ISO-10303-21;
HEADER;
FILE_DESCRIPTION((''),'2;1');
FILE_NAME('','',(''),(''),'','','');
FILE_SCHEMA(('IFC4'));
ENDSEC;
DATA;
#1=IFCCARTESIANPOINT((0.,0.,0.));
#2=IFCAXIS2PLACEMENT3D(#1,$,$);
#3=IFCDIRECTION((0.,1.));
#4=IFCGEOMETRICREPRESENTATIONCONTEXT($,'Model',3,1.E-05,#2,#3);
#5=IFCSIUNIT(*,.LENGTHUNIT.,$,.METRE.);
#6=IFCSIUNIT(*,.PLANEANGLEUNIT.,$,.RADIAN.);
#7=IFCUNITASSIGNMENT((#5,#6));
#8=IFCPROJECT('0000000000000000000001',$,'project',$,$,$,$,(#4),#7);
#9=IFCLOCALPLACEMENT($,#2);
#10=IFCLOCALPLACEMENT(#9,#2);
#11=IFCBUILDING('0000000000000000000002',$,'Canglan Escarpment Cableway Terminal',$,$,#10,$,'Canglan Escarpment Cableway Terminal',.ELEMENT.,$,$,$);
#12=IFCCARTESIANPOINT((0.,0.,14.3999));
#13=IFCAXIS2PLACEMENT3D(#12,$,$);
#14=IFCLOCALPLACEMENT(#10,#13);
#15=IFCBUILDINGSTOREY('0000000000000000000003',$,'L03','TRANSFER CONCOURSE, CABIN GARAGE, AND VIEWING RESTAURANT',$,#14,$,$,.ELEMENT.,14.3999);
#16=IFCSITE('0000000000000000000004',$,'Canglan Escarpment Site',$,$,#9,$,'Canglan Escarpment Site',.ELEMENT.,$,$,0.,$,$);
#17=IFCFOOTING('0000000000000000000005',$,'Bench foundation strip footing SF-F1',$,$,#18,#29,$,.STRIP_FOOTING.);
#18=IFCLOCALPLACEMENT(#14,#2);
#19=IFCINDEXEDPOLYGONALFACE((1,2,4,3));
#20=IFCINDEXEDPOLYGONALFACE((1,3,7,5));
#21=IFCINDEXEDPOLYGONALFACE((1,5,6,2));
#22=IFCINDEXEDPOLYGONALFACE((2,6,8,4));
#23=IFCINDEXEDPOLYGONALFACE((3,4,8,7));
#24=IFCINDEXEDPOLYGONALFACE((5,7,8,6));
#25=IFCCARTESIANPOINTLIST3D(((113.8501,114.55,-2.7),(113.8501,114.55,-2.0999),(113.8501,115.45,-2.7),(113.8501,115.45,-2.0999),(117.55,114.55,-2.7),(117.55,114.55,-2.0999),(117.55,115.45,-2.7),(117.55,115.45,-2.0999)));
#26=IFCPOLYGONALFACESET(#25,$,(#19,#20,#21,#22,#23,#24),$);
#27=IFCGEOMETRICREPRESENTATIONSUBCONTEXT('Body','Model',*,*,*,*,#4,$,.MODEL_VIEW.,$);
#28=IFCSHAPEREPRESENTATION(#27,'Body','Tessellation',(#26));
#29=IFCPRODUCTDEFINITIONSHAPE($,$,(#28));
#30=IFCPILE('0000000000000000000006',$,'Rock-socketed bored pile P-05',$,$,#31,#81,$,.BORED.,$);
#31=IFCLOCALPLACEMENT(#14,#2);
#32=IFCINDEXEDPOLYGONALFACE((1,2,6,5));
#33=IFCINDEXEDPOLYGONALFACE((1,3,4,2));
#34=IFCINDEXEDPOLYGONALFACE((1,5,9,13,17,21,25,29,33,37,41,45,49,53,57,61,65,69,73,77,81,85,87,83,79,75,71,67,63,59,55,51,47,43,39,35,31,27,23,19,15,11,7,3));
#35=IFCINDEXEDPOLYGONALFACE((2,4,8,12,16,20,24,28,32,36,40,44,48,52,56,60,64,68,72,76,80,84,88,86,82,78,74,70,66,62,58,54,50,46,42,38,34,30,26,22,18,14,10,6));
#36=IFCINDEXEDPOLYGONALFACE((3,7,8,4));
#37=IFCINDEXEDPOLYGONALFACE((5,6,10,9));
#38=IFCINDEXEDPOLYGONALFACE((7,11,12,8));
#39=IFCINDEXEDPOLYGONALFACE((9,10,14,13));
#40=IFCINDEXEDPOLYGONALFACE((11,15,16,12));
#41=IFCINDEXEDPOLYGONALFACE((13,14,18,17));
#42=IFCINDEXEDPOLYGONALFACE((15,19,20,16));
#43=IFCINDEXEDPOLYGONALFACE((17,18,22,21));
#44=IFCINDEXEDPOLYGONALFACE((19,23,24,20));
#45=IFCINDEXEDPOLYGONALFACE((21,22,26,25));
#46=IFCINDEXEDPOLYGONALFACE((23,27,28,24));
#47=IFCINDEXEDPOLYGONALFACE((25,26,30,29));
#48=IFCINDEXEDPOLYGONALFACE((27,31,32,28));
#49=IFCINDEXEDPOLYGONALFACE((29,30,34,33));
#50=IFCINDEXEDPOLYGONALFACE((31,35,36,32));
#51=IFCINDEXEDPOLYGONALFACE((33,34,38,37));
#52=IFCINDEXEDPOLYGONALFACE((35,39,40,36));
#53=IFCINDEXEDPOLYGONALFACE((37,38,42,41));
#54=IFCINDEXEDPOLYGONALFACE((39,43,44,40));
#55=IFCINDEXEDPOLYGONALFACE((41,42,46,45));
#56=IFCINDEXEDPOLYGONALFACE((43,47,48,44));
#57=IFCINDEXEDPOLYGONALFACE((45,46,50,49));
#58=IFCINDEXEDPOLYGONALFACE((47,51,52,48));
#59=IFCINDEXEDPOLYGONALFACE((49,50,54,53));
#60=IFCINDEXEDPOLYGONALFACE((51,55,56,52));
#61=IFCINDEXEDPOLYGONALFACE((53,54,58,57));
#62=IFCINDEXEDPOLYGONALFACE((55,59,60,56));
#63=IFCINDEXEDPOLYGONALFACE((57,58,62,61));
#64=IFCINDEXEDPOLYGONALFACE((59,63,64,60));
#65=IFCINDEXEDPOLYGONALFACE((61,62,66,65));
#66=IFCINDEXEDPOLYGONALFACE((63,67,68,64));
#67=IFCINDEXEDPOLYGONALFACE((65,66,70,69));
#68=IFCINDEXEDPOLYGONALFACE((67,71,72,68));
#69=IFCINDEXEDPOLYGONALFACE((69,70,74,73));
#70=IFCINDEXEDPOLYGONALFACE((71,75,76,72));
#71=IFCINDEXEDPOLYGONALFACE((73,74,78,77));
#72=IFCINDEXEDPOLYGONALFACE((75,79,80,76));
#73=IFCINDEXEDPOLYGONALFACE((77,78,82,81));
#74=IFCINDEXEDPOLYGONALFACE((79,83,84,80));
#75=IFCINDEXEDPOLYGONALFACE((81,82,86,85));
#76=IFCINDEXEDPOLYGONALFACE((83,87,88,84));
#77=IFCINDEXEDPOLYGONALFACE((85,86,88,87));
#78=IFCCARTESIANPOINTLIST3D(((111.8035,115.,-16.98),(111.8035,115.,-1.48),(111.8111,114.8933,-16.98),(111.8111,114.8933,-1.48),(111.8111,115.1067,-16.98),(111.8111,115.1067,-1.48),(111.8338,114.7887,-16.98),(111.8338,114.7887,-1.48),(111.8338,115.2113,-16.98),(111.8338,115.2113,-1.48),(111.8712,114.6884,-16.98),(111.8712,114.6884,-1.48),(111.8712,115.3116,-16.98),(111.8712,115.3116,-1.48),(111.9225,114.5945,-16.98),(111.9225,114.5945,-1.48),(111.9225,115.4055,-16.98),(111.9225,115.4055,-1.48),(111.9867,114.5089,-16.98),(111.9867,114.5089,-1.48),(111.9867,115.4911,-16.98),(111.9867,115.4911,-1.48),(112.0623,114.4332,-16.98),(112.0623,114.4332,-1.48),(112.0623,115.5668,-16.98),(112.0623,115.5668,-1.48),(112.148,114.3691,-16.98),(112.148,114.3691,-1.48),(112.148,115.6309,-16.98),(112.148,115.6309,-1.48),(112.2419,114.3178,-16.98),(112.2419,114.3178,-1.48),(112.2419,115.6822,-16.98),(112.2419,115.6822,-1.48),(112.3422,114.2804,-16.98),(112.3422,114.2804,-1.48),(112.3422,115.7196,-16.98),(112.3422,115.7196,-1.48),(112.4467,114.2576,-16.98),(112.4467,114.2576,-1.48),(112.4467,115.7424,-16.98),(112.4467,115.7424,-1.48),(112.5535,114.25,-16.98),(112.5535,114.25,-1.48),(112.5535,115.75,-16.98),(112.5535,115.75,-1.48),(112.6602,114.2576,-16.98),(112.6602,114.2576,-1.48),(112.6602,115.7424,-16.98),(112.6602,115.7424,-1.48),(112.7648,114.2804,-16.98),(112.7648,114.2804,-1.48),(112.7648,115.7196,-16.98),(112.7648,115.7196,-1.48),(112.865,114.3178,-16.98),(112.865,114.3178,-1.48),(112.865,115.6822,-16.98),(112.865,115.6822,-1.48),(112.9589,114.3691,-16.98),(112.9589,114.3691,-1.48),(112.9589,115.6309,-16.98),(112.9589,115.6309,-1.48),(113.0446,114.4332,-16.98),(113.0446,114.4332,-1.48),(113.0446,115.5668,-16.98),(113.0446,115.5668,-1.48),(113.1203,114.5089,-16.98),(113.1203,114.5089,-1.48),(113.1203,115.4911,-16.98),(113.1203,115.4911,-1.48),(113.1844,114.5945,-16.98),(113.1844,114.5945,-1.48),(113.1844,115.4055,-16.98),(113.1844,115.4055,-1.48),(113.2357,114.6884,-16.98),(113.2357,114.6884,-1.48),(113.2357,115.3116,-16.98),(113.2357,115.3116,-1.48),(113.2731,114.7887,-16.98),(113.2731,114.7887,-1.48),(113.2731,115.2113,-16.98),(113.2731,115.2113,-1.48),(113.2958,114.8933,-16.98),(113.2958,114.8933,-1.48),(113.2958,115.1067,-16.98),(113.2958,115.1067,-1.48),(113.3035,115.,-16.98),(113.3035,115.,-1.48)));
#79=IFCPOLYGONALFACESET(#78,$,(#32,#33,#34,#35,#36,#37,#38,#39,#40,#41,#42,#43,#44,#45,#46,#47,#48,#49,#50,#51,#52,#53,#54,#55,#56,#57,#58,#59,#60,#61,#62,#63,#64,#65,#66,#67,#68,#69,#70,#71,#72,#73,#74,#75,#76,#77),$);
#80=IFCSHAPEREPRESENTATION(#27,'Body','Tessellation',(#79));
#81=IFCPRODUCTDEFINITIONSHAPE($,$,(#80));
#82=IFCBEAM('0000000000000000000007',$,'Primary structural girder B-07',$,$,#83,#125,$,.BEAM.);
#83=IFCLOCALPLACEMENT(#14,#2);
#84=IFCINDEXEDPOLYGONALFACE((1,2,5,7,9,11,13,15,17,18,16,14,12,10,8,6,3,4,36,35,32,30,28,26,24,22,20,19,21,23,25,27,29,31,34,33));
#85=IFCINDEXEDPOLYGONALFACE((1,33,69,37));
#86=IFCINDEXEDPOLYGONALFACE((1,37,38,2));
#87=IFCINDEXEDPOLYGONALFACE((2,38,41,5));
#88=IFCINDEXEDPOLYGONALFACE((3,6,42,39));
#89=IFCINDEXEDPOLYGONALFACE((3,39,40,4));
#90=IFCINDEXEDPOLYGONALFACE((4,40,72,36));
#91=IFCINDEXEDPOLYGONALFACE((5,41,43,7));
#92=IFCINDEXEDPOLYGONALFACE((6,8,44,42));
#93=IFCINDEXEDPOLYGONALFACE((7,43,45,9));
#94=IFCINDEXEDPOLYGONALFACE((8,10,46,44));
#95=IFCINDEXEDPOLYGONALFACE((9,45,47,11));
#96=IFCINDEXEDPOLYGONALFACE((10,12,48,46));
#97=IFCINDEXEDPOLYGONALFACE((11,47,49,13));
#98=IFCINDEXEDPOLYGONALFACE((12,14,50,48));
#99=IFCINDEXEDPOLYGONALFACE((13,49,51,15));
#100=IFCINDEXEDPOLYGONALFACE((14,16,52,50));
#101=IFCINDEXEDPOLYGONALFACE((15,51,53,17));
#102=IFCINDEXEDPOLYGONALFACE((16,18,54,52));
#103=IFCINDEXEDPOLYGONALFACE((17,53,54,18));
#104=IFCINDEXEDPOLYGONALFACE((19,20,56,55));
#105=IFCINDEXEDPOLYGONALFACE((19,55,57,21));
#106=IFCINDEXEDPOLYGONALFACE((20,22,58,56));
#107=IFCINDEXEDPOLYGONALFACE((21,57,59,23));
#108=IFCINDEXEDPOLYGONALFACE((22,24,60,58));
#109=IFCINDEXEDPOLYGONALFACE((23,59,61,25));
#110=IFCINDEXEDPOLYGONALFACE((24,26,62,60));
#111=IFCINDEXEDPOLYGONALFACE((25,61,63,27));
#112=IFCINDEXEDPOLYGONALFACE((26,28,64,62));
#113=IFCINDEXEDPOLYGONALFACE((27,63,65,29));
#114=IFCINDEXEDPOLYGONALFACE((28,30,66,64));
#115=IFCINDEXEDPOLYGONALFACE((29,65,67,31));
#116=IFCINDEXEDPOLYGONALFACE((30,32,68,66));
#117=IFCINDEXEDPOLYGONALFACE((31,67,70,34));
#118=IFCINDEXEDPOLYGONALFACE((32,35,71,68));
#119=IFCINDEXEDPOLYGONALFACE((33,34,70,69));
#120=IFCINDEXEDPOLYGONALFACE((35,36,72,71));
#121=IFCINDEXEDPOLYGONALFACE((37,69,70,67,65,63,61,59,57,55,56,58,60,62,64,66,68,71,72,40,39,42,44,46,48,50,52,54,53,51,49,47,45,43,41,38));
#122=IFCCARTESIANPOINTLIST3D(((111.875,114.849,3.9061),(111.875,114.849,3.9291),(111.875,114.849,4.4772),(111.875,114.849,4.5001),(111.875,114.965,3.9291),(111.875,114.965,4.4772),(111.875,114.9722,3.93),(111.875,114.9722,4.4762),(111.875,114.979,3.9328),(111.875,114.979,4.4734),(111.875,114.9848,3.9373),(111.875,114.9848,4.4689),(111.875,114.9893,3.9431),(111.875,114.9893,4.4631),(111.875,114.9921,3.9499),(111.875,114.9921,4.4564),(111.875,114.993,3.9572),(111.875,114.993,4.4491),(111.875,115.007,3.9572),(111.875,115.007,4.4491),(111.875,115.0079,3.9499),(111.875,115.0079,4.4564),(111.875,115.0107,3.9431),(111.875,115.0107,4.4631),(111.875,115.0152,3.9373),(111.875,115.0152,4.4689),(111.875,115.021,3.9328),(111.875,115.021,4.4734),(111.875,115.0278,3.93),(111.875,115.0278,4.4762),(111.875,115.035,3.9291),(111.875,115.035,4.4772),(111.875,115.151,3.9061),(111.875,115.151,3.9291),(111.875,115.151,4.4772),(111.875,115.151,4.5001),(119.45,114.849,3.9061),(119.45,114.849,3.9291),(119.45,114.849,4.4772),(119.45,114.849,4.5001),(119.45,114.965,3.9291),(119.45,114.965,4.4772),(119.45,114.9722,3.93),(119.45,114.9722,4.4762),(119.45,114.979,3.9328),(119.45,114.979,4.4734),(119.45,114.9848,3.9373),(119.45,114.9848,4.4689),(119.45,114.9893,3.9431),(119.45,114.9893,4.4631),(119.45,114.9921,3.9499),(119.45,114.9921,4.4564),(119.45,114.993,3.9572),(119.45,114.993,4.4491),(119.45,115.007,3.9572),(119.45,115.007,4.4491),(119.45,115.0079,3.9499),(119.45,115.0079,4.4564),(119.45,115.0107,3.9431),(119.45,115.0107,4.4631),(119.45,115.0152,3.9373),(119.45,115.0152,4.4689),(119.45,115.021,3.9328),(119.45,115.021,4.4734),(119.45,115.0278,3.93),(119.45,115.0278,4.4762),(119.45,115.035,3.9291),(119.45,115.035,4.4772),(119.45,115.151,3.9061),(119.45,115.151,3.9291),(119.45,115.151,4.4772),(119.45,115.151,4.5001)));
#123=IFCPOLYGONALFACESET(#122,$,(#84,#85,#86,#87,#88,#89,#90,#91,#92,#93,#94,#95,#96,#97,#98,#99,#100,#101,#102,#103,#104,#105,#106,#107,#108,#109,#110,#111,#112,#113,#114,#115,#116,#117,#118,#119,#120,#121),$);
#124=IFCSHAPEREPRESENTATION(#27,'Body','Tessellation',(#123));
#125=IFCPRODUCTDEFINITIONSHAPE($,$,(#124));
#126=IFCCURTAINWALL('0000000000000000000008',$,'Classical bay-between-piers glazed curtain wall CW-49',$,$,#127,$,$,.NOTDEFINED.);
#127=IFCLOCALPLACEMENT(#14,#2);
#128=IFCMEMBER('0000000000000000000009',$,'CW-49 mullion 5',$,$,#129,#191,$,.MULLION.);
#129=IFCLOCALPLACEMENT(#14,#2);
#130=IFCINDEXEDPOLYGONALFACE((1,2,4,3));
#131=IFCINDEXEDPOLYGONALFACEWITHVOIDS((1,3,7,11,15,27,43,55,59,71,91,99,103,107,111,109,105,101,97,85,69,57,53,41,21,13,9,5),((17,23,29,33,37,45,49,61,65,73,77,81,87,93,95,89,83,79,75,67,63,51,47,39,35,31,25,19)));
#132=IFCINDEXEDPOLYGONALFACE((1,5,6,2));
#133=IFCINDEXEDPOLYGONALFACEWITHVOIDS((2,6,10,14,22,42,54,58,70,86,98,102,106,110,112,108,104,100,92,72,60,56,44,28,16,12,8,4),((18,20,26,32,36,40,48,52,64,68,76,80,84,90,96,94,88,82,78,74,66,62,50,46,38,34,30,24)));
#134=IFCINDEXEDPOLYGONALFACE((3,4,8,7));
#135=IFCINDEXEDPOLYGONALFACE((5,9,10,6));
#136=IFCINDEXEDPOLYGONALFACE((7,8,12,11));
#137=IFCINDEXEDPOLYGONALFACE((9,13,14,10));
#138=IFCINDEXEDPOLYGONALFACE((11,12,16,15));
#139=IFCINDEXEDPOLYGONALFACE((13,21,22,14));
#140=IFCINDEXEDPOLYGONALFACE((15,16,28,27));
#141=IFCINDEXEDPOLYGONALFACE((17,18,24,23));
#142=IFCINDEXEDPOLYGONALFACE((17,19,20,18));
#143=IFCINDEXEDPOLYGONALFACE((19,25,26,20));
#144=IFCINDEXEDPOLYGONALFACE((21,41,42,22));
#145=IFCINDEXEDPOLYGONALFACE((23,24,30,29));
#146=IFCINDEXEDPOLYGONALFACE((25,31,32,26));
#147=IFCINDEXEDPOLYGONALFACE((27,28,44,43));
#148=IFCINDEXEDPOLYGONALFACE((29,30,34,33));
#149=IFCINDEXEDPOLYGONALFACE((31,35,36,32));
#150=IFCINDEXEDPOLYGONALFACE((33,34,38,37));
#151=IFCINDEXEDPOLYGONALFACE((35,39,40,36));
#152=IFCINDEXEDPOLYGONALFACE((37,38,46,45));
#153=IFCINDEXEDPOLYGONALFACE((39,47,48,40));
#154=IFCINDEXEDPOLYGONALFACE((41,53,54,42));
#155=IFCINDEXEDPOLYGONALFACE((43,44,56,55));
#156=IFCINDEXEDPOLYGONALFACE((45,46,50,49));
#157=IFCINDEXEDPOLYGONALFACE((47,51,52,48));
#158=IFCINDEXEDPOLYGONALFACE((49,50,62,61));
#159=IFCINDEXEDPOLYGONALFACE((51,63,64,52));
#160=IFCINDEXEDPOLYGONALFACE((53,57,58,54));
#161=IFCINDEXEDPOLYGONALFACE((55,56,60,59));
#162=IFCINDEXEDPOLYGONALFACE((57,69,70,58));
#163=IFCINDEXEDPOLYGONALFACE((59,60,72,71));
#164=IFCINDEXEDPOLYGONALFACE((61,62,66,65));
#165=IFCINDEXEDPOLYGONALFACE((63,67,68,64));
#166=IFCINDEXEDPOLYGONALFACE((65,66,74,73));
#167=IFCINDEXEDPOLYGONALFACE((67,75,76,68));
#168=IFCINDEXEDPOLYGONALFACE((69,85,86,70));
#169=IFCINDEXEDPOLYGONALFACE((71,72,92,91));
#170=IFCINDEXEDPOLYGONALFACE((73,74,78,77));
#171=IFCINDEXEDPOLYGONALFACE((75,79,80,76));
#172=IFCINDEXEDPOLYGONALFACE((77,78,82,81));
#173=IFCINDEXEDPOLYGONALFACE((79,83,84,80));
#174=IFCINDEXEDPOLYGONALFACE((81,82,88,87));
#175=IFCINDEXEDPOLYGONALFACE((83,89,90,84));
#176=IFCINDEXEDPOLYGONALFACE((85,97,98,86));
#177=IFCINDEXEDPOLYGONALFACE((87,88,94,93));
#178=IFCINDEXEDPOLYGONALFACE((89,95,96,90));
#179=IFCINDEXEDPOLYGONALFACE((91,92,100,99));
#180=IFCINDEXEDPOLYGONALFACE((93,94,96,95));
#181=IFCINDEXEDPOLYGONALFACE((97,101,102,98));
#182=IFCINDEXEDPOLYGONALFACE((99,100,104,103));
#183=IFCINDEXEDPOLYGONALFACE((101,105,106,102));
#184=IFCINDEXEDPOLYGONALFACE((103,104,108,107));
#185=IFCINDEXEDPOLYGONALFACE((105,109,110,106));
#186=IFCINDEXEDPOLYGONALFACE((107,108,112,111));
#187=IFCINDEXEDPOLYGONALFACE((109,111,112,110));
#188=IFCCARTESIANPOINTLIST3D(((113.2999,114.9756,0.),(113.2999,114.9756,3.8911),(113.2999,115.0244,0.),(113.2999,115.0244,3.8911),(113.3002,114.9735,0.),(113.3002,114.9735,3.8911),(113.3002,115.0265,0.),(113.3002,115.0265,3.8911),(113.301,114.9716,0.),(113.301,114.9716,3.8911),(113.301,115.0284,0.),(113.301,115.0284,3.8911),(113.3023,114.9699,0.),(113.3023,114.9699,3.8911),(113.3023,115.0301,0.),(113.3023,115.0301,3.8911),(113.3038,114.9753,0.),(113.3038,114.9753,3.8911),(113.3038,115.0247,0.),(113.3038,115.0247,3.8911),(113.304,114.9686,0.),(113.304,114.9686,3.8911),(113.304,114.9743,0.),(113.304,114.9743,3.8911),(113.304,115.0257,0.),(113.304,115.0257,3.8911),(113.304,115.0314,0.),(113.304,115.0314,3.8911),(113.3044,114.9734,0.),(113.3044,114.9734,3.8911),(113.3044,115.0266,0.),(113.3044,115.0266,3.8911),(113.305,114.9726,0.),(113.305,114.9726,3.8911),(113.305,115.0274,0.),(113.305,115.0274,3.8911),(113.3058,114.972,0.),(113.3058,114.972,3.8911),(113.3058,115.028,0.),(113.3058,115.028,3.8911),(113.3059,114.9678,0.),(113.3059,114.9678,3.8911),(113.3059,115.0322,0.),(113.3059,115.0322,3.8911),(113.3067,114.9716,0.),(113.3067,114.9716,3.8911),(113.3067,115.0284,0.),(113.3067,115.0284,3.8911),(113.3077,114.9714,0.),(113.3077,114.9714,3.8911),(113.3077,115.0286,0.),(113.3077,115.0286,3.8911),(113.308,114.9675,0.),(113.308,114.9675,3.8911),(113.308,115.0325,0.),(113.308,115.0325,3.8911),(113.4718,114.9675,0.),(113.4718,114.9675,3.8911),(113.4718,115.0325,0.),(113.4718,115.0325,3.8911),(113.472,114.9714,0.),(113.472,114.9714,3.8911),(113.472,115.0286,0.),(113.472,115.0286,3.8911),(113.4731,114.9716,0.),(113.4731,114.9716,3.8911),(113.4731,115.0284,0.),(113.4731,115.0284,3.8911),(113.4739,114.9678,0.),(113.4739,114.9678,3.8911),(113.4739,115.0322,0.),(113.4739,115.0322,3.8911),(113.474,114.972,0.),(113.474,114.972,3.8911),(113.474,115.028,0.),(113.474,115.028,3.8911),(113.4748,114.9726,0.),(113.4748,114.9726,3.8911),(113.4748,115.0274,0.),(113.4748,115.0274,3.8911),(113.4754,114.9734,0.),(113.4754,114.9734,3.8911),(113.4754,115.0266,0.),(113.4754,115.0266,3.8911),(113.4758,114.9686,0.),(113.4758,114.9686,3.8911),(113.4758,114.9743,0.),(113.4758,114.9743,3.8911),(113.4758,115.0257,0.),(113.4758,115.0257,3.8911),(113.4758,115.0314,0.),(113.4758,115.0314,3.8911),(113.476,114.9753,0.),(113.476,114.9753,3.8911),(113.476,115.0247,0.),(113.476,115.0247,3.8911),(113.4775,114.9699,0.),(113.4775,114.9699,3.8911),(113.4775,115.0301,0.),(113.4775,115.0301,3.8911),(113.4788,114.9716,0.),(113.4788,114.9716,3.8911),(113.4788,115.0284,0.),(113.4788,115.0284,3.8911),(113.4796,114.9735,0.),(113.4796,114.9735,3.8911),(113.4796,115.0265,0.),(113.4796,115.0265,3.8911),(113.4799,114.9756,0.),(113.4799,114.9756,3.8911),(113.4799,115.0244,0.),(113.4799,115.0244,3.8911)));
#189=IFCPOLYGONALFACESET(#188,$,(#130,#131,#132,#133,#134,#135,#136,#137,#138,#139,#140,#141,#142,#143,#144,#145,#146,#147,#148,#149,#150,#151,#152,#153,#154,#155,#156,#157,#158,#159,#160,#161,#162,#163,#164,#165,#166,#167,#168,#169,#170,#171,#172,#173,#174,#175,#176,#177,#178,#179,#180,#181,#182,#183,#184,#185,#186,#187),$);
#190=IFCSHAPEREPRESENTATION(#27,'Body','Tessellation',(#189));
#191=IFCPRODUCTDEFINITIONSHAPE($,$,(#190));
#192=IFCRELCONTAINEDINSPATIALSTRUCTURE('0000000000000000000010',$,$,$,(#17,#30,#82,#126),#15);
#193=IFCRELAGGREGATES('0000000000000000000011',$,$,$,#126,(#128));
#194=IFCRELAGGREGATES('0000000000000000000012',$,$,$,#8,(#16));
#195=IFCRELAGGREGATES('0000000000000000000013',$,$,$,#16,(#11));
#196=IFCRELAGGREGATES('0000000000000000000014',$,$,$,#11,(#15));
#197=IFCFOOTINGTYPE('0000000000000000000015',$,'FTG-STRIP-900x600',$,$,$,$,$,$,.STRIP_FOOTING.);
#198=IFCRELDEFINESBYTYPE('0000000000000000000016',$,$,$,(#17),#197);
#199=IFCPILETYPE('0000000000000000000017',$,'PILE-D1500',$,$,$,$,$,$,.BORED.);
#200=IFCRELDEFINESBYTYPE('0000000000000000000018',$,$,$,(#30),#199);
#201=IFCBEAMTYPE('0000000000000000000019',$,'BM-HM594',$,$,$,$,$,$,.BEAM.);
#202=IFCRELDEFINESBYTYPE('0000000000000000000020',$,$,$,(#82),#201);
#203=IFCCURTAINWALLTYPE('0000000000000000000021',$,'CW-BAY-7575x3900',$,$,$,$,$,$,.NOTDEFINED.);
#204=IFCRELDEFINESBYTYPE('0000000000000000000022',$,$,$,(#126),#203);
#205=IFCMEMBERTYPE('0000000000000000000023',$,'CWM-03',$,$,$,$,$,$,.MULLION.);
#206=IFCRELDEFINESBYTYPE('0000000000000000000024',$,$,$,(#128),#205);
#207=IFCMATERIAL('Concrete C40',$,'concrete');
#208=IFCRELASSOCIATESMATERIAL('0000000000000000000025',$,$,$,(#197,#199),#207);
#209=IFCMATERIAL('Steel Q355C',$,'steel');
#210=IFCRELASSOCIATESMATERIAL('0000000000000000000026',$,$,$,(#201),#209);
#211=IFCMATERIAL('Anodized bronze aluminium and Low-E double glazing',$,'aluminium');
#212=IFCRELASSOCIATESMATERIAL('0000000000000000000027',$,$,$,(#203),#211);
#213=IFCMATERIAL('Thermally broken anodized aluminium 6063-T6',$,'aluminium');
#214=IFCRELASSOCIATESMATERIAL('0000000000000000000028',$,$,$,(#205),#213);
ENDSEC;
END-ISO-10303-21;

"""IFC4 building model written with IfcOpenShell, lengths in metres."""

from ifc_helpers import new_model, si_unit, direction, frame, origin, origin_2d, place, context, subcontext, project, spatial, rectangle, hollow_rectangle, circle, i_section, extrude, material, material_profile, profile_set, type_object, element, aggregate, save


model = new_model("IFC4")

# Units and contexts
model_context = context("Model", 3, precision=1e-05, world=origin(), true_north=direction((0.0, 1.0)))
body_context = subcontext(model_context, "Body", "Model", "MODEL_VIEW")
ifc_project = project(units=[si_unit("LENGTHUNIT", "METRE"), si_unit("PLANEANGLEUNIT", "RADIAN")], contexts=[model_context])

# Site, building, storey
site_placement = place(None, origin())
site = spatial("IfcSite", under=ifc_project, at=site_placement, Name="Canglan Escarpment Site", LongName="Canglan Escarpment Site", CompositionType="ELEMENT", RefElevation=0.0)
building_placement = place(site_placement, origin())
building = spatial("IfcBuilding", under=site, at=building_placement, Name="Canglan Escarpment Cableway Terminal", LongName="Canglan Escarpment Cableway Terminal", CompositionType="ELEMENT")
storey_placement = place(building_placement, frame((0.0, 0.0, 14.3999)))
storey = spatial("IfcBuildingStorey", under=building, at=storey_placement, Name="L03", Description="TRANSFER CONCOURSE, CABIN GARAGE, AND VIEWING RESTAURANT", CompositionType="ELEMENT", Elevation=14.3999)

# Footing
ifc_material_1 = material(Name="Concrete C40", Category="concrete")
ifc_material_profile_1 = material_profile(ifc_material_1, rectangle(XDim=0.8999, YDim=0.6001, at=origin_2d()), Name="SF 900x600")
ifc_profile_set_1 = profile_set([ifc_material_profile_1], Name="Concrete C40")
footing_type = type_object("IfcFootingType", Name="FTG-STRIP-900x600", PredefinedType="STRIP_FOOTING", material=ifc_profile_set_1)
footing_placement = place(storey_placement, frame((113.8501, 115.0, -2.3999), z_axis=(1.0, 0.0, 0.0), x_axis=(0.0, 1.0, 0.0)))
element("IfcFooting", 1, at=footing_placement, inside=storey, type_object=footing_type, Name="Bench foundation strip footing SF-F1", PredefinedType="STRIP_FOOTING", context=body_context, shape_type="SweptSolid", body=[
    extrude(rectangle(XDim=0.8999, YDim=0.6001, at=origin_2d()), origin(), (0.0, 0.0, 1.0), 3.7),
])

# Pile
ifc_material_profile_2 = material_profile(ifc_material_1, circle(Radius=0.75, at=origin_2d()), Name="BORED PILE D1500")
ifc_profile_set_2 = profile_set([ifc_material_profile_2], Name="Concrete C40")
pile_type = type_object("IfcPileType", Name="PILE-D1500", PredefinedType="BORED", material=ifc_profile_set_2)
pile_placement = place(storey_placement, frame((112.5535, 115.0, -1.48), z_axis=(0.0, 0.0, -1.0), x_axis=(1.0, 0.0, 0.0)))
element("IfcPile", 2, at=pile_placement, inside=storey, type_object=pile_type, Name="Rock-socketed bored pile P-05", PredefinedType="BORED", context=body_context, shape_type="SweptSolid", body=[
    extrude(circle(Radius=0.75, at=origin_2d()), origin(), (0.0, 0.0, 1.0), 15.5),
])

# Beam
ifc_material_2 = material(Name="Steel Q355C", Category="steel")
ifc_material_profile_3 = material_profile(ifc_material_2, i_section(OverallWidth=0.302, OverallDepth=0.594, WebThickness=0.0139, FlangeThickness=0.0229, FilletRadius=0.0281, at=origin_2d()), Name="HM 594x302x14x23")
ifc_profile_set_3 = profile_set([ifc_material_profile_3], Name="Steel Q355C")
beam_type_1 = type_object("IfcBeamType", Name="BM-HM594", PredefinedType="BEAM", material=ifc_profile_set_3)
beam_1_placement = place(storey_placement, frame((111.875, 115.0, 4.2031), z_axis=(1.0, 0.0, 0.0), x_axis=(0.0, 1.0, 0.0)))
element("IfcBeam", 3, at=beam_1_placement, inside=storey, type_object=beam_type_1, Name="Primary structural girder B-07", PredefinedType="BEAM", context=body_context, shape_type="SweptSolid", body=[
    extrude(i_section(OverallWidth=0.302, OverallDepth=0.594, WebThickness=0.0139, FlangeThickness=0.0229, FilletRadius=0.0281, at=origin_2d()), origin(), (0.0, 0.0, 1.0), 7.575),
])

# Curtain wall, member
ifc_material_3 = material(Name="Anodized bronze aluminium and Low-E double glazing", Category="aluminium")
curtain_wall_type_1 = type_object("IfcCurtainWallType", Name="CW-BAY-7575x3900", PredefinedType="NOTDEFINED", material=ifc_material_3)
curtain_wall_1_placement = place(storey_placement, origin())
curtain_wall_1 = element("IfcCurtainWall", 4, at=curtain_wall_1_placement, inside=storey, type_object=curtain_wall_type_1, Name="Classical bay-between-piers glazed curtain wall CW-49", PredefinedType="NOTDEFINED")
ifc_material_4 = material(Name="Thermally broken anodized aluminium 6063-T6", Category="aluminium")
ifc_material_profile_4 = material_profile(ifc_material_4, hollow_rectangle(XDim=0.0649, YDim=0.1799, WallThickness=0.0039, InnerFilletRadius=0.0039, OuterFilletRadius=0.0081, at=origin_2d()), Name="ALU-MULL 65x180x4")
ifc_profile_set_4 = profile_set([ifc_material_profile_4], Name="Thermally broken anodized aluminium 6063-T6")
member_type_1 = type_object("IfcMemberType", Name="CWM-03", PredefinedType="MULLION", material=ifc_profile_set_4)
member_1_placement = place(storey_placement, frame((113.3899, 115.0, 0.0), z_axis=(0.0, 0.0, 1.0), x_axis=(0.0, -1.0, 0.0)))
member_1 = element("IfcMember", 5, at=member_1_placement, type_object=member_type_1, Name="CW-49 mullion 5", PredefinedType="MULLION", context=body_context, shape_type="SweptSolid", body=[
    extrude(hollow_rectangle(XDim=0.0649, YDim=0.1799, WallThickness=0.0039, InnerFilletRadius=0.0039, OuterFilletRadius=0.0081, at=origin_2d()), origin(), (0.0, 0.0, 1.0), 3.8911),
])

aggregate(curtain_wall_1, [member_1])

save(model, "model.ifc")
